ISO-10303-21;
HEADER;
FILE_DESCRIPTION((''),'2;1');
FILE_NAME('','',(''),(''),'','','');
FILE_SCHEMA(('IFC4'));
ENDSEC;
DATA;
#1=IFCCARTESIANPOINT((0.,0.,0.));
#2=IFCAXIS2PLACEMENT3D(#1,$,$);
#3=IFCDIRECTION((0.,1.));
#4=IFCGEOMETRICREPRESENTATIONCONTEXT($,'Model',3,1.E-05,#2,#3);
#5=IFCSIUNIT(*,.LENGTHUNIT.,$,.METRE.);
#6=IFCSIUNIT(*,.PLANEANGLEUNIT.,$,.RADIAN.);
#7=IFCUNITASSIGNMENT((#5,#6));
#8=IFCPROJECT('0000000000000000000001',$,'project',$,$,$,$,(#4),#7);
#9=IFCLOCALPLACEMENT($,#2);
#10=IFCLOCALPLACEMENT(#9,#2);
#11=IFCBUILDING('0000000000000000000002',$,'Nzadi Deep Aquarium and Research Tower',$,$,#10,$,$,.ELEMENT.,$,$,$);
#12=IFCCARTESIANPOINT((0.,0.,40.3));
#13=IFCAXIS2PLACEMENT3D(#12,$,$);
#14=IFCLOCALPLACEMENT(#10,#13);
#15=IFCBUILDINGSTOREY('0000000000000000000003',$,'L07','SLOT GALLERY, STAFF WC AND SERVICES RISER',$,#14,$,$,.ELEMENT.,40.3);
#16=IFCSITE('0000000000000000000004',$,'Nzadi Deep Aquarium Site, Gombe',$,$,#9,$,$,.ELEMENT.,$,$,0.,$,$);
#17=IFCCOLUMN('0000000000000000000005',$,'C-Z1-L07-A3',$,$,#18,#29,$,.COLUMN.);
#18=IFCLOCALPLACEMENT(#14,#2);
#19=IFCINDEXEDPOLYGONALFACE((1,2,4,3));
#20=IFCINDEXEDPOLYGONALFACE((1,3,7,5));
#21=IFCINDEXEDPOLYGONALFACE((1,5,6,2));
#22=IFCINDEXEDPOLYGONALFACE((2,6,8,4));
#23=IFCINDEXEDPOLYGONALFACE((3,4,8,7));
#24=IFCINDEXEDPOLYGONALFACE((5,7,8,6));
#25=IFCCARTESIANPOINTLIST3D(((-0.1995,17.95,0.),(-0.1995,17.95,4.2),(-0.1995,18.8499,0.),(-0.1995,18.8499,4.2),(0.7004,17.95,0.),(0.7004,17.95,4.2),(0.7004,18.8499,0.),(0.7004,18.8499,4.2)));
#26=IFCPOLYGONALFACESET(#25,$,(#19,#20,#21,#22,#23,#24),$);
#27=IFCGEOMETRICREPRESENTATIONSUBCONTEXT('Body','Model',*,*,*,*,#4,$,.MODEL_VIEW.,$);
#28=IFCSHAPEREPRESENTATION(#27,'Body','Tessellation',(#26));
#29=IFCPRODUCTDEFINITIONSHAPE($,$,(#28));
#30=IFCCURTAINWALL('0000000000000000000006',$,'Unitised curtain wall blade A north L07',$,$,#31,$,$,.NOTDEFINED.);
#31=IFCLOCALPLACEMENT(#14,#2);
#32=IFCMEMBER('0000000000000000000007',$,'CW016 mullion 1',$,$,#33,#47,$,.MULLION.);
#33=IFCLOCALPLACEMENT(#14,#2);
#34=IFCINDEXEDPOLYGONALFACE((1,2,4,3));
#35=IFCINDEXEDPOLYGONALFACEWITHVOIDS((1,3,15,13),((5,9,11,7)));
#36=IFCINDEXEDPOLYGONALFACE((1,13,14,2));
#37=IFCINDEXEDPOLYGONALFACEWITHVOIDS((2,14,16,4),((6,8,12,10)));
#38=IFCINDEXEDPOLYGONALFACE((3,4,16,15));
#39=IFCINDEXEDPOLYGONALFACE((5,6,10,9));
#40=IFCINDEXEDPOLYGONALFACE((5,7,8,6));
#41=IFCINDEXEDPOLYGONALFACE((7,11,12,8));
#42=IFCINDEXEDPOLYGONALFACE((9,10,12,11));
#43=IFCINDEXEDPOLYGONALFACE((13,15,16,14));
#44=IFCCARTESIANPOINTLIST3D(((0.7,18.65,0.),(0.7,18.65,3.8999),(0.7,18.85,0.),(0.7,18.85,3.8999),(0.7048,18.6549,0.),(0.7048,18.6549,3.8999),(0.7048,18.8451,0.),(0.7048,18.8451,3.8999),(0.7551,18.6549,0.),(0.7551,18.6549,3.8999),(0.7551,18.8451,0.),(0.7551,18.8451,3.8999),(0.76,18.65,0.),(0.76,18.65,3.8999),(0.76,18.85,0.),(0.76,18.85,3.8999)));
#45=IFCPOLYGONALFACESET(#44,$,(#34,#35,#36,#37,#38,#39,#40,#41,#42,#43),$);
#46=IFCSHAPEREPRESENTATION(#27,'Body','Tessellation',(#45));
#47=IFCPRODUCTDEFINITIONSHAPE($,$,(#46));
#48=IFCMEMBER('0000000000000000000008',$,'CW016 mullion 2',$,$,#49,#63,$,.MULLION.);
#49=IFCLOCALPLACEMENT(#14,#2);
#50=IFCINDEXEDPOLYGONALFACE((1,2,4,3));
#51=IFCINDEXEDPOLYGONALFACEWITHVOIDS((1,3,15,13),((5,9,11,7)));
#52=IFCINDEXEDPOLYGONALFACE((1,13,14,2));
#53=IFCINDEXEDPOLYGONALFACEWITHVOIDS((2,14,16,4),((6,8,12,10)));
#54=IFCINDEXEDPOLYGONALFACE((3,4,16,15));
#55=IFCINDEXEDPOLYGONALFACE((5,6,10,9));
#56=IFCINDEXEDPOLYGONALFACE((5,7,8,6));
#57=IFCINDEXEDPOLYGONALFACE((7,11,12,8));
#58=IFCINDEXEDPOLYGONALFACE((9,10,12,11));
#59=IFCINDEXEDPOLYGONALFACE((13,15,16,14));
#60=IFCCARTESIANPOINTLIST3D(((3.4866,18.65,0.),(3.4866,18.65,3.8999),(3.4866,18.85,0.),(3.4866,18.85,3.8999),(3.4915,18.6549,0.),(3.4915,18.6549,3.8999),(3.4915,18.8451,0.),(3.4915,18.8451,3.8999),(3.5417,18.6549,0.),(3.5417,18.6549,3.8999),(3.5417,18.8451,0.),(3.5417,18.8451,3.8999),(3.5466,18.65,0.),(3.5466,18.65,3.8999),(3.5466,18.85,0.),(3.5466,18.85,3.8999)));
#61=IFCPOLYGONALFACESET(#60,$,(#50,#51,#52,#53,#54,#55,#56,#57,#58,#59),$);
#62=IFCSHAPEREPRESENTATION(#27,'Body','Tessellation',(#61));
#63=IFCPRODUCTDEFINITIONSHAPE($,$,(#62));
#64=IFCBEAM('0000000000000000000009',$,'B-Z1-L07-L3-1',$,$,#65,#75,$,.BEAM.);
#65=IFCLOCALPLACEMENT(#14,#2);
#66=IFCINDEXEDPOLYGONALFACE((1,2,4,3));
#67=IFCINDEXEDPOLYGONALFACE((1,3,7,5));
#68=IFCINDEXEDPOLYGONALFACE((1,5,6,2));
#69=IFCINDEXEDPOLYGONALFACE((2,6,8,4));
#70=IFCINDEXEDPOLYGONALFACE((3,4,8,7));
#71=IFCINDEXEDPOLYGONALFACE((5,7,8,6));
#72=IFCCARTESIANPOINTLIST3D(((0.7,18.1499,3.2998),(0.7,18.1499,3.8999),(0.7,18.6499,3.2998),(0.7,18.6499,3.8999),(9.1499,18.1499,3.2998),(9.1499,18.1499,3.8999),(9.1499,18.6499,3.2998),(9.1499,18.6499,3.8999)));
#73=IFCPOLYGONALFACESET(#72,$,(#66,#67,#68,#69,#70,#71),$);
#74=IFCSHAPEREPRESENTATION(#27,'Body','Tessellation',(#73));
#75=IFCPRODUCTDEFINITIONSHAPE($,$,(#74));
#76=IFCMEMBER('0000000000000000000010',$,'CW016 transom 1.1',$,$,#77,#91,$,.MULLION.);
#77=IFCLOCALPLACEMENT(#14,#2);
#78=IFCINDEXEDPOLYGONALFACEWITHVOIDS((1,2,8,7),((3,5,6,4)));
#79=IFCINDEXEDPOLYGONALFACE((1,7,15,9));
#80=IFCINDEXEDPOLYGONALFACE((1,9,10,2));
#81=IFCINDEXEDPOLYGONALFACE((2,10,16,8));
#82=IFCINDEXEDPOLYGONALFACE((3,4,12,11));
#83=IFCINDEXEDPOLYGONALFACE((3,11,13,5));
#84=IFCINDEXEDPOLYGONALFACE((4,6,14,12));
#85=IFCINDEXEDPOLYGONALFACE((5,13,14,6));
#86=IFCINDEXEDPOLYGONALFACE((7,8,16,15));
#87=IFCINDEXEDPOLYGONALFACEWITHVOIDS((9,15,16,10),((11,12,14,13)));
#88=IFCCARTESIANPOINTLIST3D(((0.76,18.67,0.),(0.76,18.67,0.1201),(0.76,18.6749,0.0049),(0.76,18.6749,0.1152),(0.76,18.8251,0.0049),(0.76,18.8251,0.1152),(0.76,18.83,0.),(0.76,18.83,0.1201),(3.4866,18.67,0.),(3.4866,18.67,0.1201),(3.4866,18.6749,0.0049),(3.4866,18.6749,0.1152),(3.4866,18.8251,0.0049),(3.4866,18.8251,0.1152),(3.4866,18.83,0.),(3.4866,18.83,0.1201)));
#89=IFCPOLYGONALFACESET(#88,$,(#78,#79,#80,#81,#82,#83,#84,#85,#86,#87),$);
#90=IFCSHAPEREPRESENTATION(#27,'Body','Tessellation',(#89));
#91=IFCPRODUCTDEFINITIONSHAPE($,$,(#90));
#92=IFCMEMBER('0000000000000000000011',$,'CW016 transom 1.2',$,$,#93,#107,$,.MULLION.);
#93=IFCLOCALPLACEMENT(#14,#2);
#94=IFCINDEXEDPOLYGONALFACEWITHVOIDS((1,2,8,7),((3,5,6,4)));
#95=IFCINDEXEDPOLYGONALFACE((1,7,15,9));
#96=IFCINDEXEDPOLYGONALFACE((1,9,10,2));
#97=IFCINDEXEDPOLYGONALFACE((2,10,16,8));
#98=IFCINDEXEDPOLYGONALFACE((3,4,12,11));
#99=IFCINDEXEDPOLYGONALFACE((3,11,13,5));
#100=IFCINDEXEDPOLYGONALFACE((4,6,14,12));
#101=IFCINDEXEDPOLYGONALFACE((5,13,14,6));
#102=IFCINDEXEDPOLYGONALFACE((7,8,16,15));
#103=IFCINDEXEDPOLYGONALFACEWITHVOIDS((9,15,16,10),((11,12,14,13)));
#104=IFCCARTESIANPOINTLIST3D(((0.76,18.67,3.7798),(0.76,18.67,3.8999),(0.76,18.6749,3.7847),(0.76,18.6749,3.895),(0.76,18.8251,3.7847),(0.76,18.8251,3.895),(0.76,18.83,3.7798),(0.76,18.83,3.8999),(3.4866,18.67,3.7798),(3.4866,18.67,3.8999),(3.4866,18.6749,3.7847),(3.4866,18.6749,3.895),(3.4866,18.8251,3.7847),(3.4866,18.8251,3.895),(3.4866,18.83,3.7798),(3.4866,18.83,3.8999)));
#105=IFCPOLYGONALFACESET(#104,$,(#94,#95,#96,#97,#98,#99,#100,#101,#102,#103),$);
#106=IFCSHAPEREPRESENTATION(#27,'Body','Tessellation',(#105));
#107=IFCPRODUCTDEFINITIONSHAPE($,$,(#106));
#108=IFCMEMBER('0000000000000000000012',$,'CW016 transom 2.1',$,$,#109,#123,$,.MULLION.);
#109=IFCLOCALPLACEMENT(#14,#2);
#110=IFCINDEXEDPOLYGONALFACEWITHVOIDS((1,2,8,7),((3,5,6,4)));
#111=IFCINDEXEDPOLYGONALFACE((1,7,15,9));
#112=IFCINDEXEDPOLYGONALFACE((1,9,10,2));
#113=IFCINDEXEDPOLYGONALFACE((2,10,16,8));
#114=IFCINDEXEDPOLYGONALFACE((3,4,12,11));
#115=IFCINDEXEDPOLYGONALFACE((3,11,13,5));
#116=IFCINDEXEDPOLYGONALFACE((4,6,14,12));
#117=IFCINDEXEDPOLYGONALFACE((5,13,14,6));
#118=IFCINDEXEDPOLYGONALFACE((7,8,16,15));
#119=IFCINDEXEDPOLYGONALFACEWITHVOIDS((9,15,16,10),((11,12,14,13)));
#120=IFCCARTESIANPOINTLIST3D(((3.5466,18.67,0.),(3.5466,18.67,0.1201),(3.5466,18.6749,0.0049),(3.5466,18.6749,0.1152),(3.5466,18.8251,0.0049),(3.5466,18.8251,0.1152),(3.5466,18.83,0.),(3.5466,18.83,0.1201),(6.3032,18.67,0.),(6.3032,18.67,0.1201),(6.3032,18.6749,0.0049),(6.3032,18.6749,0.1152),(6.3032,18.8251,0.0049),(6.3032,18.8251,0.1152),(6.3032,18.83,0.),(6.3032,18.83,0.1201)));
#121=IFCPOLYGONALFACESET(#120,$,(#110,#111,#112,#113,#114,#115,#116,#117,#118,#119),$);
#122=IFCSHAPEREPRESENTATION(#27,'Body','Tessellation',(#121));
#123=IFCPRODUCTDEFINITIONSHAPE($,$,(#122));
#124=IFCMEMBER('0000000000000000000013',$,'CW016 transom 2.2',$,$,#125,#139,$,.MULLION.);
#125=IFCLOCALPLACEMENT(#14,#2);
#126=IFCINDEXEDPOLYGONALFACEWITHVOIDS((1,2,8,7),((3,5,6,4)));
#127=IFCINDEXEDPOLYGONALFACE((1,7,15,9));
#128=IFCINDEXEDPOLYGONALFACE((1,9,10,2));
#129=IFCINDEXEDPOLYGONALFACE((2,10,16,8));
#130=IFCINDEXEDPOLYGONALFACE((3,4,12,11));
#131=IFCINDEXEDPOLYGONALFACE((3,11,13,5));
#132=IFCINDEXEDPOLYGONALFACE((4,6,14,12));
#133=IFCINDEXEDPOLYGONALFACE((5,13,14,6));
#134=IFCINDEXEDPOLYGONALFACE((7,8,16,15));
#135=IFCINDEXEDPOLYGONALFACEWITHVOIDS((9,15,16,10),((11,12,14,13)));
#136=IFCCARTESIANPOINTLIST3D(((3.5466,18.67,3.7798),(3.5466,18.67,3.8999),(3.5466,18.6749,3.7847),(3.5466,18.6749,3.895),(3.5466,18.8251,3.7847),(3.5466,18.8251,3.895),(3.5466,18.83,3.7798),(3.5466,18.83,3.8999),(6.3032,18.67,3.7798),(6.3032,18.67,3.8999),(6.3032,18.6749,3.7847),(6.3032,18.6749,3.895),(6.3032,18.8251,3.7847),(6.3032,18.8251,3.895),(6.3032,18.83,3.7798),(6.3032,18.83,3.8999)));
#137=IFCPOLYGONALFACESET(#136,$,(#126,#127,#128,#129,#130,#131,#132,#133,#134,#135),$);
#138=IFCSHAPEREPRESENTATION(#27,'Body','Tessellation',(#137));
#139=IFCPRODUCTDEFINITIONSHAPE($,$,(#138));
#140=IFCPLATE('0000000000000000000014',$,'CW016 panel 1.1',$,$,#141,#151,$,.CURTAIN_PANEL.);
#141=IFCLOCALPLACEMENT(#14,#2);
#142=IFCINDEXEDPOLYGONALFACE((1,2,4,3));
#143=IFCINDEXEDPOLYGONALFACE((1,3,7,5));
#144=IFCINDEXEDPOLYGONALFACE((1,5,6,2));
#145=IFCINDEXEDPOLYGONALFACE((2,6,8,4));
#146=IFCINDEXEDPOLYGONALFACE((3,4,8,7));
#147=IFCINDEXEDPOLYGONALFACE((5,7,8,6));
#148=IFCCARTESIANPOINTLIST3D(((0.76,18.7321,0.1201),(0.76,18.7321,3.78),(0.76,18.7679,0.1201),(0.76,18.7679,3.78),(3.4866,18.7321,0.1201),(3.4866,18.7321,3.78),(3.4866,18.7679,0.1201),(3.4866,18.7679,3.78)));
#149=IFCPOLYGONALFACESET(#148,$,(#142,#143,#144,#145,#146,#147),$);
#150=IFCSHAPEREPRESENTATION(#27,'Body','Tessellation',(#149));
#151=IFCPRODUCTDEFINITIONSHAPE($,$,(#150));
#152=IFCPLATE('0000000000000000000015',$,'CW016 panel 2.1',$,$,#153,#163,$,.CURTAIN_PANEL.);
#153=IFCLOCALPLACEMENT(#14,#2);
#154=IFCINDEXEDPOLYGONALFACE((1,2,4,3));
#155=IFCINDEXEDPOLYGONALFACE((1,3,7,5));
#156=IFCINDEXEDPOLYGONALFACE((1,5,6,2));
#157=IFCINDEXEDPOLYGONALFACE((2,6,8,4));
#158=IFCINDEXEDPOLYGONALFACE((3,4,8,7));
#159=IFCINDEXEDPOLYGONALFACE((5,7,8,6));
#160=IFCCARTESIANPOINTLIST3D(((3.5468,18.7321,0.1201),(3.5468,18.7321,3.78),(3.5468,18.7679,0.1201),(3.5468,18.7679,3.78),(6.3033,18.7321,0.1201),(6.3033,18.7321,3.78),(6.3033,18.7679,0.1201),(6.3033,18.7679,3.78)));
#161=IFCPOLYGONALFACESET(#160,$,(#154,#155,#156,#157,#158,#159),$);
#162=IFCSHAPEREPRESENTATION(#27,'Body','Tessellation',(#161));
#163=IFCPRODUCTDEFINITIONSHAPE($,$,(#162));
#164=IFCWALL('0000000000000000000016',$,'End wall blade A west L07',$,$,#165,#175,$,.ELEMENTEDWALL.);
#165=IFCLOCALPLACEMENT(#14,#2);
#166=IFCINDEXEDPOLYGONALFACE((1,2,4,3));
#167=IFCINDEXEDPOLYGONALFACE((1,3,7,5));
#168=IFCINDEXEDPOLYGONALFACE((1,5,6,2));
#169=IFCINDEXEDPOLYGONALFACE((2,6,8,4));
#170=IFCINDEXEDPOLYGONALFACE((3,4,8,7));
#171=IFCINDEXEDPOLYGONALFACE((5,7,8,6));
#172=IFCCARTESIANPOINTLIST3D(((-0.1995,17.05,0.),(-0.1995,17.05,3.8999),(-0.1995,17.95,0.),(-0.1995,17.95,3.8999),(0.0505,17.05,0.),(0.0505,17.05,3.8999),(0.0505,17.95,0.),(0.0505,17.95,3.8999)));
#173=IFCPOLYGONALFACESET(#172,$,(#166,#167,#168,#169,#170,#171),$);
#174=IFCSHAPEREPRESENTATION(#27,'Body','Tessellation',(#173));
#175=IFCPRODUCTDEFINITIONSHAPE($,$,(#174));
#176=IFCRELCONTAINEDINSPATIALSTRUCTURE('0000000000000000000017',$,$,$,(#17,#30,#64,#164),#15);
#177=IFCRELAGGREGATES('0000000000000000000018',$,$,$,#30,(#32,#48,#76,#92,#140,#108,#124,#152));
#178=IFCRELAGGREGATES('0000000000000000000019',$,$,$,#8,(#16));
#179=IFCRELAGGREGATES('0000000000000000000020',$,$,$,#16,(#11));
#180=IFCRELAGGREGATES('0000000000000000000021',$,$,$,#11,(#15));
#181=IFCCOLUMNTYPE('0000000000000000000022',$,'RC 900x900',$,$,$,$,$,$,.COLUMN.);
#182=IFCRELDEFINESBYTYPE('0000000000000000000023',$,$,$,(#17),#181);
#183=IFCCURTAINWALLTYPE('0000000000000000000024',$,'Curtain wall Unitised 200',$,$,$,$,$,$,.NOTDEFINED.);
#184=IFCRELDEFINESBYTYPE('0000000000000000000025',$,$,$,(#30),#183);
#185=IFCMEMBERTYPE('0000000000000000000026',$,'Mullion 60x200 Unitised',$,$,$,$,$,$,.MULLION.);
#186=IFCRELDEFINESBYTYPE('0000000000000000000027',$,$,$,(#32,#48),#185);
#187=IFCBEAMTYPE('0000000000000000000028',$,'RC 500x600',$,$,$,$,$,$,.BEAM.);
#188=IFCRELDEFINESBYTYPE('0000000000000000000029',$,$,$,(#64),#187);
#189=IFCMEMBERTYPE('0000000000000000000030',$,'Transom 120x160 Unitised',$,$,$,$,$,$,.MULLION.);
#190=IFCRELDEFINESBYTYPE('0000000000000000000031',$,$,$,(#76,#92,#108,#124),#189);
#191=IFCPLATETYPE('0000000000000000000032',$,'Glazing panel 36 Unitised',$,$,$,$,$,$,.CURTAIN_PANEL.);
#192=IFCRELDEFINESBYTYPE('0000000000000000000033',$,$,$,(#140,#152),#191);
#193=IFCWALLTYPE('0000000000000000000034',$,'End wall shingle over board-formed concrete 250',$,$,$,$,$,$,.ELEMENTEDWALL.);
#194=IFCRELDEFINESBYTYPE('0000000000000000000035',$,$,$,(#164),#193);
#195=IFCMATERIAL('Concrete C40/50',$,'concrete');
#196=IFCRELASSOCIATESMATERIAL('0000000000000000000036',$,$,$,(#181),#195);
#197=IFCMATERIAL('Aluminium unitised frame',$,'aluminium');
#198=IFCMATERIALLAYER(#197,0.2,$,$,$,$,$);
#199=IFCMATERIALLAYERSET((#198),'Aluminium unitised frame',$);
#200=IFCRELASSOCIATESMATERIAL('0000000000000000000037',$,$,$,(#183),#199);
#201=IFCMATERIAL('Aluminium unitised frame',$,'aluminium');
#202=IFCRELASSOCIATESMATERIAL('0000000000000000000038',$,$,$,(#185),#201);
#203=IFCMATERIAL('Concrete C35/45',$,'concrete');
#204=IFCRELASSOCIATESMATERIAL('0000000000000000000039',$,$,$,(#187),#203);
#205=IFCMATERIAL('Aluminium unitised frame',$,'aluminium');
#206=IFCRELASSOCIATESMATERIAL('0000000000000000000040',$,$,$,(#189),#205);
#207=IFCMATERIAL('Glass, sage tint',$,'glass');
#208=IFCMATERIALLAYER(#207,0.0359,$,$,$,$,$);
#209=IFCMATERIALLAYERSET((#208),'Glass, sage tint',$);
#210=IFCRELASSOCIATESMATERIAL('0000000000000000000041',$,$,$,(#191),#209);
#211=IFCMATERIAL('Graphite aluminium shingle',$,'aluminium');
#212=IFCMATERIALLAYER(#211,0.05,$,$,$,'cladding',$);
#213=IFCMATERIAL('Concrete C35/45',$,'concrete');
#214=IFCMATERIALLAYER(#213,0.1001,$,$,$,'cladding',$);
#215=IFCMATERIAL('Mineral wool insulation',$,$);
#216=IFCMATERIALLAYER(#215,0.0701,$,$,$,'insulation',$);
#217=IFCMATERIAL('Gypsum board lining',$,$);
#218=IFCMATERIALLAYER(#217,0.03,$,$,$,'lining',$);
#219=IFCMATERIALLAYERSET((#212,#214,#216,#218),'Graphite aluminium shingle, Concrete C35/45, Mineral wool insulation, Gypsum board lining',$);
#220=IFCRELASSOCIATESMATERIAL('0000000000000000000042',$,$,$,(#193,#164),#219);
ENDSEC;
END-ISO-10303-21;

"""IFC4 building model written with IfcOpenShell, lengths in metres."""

from ifc_helpers import new_model, si_unit, direction, frame, frame_2d, origin, origin_2d, place, context, subcontext, project, spatial, rectangle, hollow_rectangle, extrude, material, layer, layer_set, layer_usage, material_profile, profile_set, type_object, element, aggregate, save


model = new_model("IFC4")

# Units and contexts
model_context = context("Model", 3, precision=1e-05, world=origin(), true_north=direction((0.0, 1.0)))
body_context = subcontext(model_context, "Body", "Model", "MODEL_VIEW")
ifc_project = project(units=[si_unit("LENGTHUNIT", "METRE"), si_unit("PLANEANGLEUNIT", "RADIAN")], contexts=[model_context])

# Site, building, storey
site_placement = place(None, origin())
site = spatial("IfcSite", under=ifc_project, at=site_placement, Name="Nzadi Deep Aquarium Site, Gombe", CompositionType="ELEMENT", RefElevation=0.0)
building_placement = place(site_placement, origin())
building = spatial("IfcBuilding", under=site, at=building_placement, Name="Nzadi Deep Aquarium and Research Tower", CompositionType="ELEMENT")
storey_placement = place(building_placement, frame((0.0, 0.0, 40.3)))
storey = spatial("IfcBuildingStorey", under=building, at=storey_placement, Name="L07", Description="SLOT GALLERY, STAFF WC AND SERVICES RISER", CompositionType="ELEMENT", Elevation=40.3)

# Column
ifc_material_1 = material(Name="Concrete C40/50", Category="concrete")
ifc_material_profile_1 = material_profile(ifc_material_1, rectangle(XDim=0.8999, YDim=0.8999, at=origin_2d()))
ifc_profile_set_1 = profile_set([ifc_material_profile_1], Name="Concrete C40/50")
column_type = type_object("IfcColumnType", Name="RC 900x900", PredefinedType="COLUMN", material=ifc_profile_set_1)
column_placement = place(storey_placement, frame((0.2505, 18.3999, 0.0), z_axis=(0.0, 0.0, 1.0), x_axis=(1.0, 0.0, 0.0)))
element("IfcColumn", 1, at=column_placement, inside=storey, type_object=column_type, Name="C-Z1-L07-A3", PredefinedType="COLUMN", context=body_context, shape_type="SweptSolid", body=[
    extrude(rectangle(XDim=0.8999, YDim=0.8999, at=origin_2d()), origin(), (0.0, 0.0, 1.0), 4.2),
])

# Curtain wall, members
ifc_material_2 = material(Name="Aluminium unitised frame", Category="aluminium")
ifc_layer_1 = layer(ifc_material_2, 0.2)
ifc_layer_set_1 = layer_set([ifc_layer_1], Name="Aluminium unitised frame")
curtain_wall_type = type_object("IfcCurtainWallType", Name="Curtain wall Unitised 200", PredefinedType="NOTDEFINED", material=ifc_layer_set_1)
curtain_wall_placement = place(storey_placement, origin())
curtain_wall = element("IfcCurtainWall", 2, at=curtain_wall_placement, inside=storey, type_object=curtain_wall_type, Name="Unitised curtain wall blade A north L07", PredefinedType="NOTDEFINED")
ifc_material_3 = material(Name="Aluminium unitised frame", Category="aluminium")
ifc_material_profile_2 = material_profile(ifc_material_3, hollow_rectangle(XDim=0.2, YDim=0.0601, WallThickness=0.0049, at=origin_2d()))
ifc_profile_set_2 = profile_set([ifc_material_profile_2], Name="Aluminium unitised frame")
member_type_1 = type_object("IfcMemberType", Name="Mullion 60x200 Unitised", PredefinedType="MULLION", material=ifc_profile_set_2)
member_1_placement = place(storey_placement, frame((0.73, 18.75, 0.0), z_axis=(0.0, 0.0, 1.0), x_axis=(0.0, 1.0, 0.0)))
member_1 = element("IfcMember", 3, at=member_1_placement, type_object=member_type_1, Name="CW016 mullion 1", PredefinedType="MULLION", context=body_context, shape_type="SweptSolid", body=[
    extrude(hollow_rectangle(XDim=0.2, YDim=0.0601, WallThickness=0.0049, at=origin_2d()), origin(), (0.0, 0.0, 1.0), 3.8999),
])
member_2_placement = place(storey_placement, frame((3.5166, 18.75, 0.0), z_axis=(0.0, 0.0, 1.0), x_axis=(0.0, 1.0, 0.0)))
member_2 = element("IfcMember", 4, at=member_2_placement, type_object=member_type_1, Name="CW016 mullion 2", PredefinedType="MULLION", context=body_context, shape_type="SweptSolid", body=[
    extrude(hollow_rectangle(XDim=0.2, YDim=0.0601, WallThickness=0.0049, at=origin_2d()), origin(), (0.0, 0.0, 1.0), 3.8999),
])

# Beam
ifc_material_4 = material(Name="Concrete C35/45", Category="concrete")
ifc_material_profile_3 = material_profile(ifc_material_4, rectangle(XDim=0.5, YDim=0.6001, at=origin_2d()))
ifc_profile_set_3 = profile_set([ifc_material_profile_3], Name="Concrete C35/45")
beam_type = type_object("IfcBeamType", Name="RC 500x600", PredefinedType="BEAM", material=ifc_profile_set_3)
beam_placement = place(storey_placement, frame((0.7, 18.3999, 3.5999), z_axis=(1.0, 0.0, 0.0), x_axis=(0.0, 1.0, 0.0)))
element("IfcBeam", 5, at=beam_placement, inside=storey, type_object=beam_type, Name="B-Z1-L07-L3-1", PredefinedType="BEAM", context=body_context, shape_type="SweptSolid", body=[
    extrude(rectangle(XDim=0.5, YDim=0.6001, at=origin_2d()), origin(), (0.0, 0.0, 1.0), 8.45),
])

# Members
ifc_material_5 = material(Name="Aluminium unitised frame", Category="aluminium")
ifc_material_profile_4 = material_profile(ifc_material_5, hollow_rectangle(XDim=0.1599, YDim=0.1201, WallThickness=0.0049, at=origin_2d()))
ifc_profile_set_4 = profile_set([ifc_material_profile_4], Name="Aluminium unitised frame")
member_type_2 = type_object("IfcMemberType", Name="Transom 120x160 Unitised", PredefinedType="MULLION", material=ifc_profile_set_4)
member_3_placement = place(storey_placement, frame((0.76, 18.75, 0.0601), z_axis=(1.0, 0.0, 0.0), x_axis=(0.0, 1.0, 0.0)))
member_3 = element("IfcMember", 6, at=member_3_placement, type_object=member_type_2, Name="CW016 transom 1.1", PredefinedType="MULLION", context=body_context, shape_type="SweptSolid", body=[
    extrude(hollow_rectangle(XDim=0.1599, YDim=0.1201, WallThickness=0.0049, at=origin_2d()), origin(), (0.0, 0.0, 1.0), 2.7266),
])
member_4_placement = place(storey_placement, frame((0.76, 18.75, 3.8398), z_axis=(1.0, 0.0, 0.0), x_axis=(0.0, 1.0, 0.0)))
member_4 = element("IfcMember", 7, at=member_4_placement, type_object=member_type_2, Name="CW016 transom 1.2", PredefinedType="MULLION", context=body_context, shape_type="SweptSolid", body=[
    extrude(hollow_rectangle(XDim=0.1599, YDim=0.1201, WallThickness=0.0049, at=origin_2d()), origin(), (0.0, 0.0, 1.0), 2.7266),
])
member_5_placement = place(storey_placement, frame((3.5466, 18.75, 0.0601), z_axis=(1.0, 0.0, 0.0), x_axis=(0.0, 1.0, 0.0)))
member_5 = element("IfcMember", 8, at=member_5_placement, type_object=member_type_2, Name="CW016 transom 2.1", PredefinedType="MULLION", context=body_context, shape_type="SweptSolid", body=[
    extrude(hollow_rectangle(XDim=0.1599, YDim=0.1201, WallThickness=0.0049, at=origin_2d()), origin(), (0.0, 0.0, 1.0), 2.7566),
])
member_6_placement = place(storey_placement, frame((3.5466, 18.75, 3.8398), z_axis=(1.0, 0.0, 0.0), x_axis=(0.0, 1.0, 0.0)))
member_6 = element("IfcMember", 9, at=member_6_placement, type_object=member_type_2, Name="CW016 transom 2.2", PredefinedType="MULLION", context=body_context, shape_type="SweptSolid", body=[
    extrude(hollow_rectangle(XDim=0.1599, YDim=0.1201, WallThickness=0.0049, at=origin_2d()), origin(), (0.0, 0.0, 1.0), 2.7566),
])

# Plates
ifc_material_6 = material(Name="Glass, sage tint", Category="glass")
ifc_layer_2 = layer(ifc_material_6, 0.0359)
ifc_layer_set_2 = layer_set([ifc_layer_2], Name="Glass, sage tint")
plate_type = type_object("IfcPlateType", Name="Glazing panel 36 Unitised", PredefinedType="CURTAIN_PANEL", material=ifc_layer_set_2)
plate_1_placement = place(storey_placement, frame((2.1233, 18.75, 0.1201), z_axis=(0.0, 0.0, 1.0), x_axis=(1.0, 0.0, 0.0)))
plate_1 = element("IfcPlate", 10, at=plate_1_placement, type_object=plate_type, Name="CW016 panel 1.1", PredefinedType="CURTAIN_PANEL", context=body_context, shape_type="SweptSolid", body=[
    extrude(rectangle(XDim=2.7266, YDim=0.0359, at=origin_2d()), origin(), (0.0, 0.0, 1.0), 3.6599),
])
plate_2_placement = place(storey_placement, frame((4.925, 18.75, 0.1201), z_axis=(0.0, 0.0, 1.0), x_axis=(1.0, 0.0, 0.0)))
plate_2 = element("IfcPlate", 11, at=plate_2_placement, type_object=plate_type, Name="CW016 panel 2.1", PredefinedType="CURTAIN_PANEL", context=body_context, shape_type="SweptSolid", body=[
    extrude(rectangle(XDim=2.7566, YDim=0.0359, at=origin_2d()), origin(), (0.0, 0.0, 1.0), 3.6599),
])
aggregate(curtain_wall, [member_1, member_2, member_3, member_4, plate_1, member_5, member_6, plate_2])

# Wall
ifc_material_7 = material(Name="Graphite aluminium shingle", Category="aluminium")
ifc_layer_3 = layer(ifc_material_7, 0.05, Category="cladding")
ifc_material_8 = material(Name="Concrete C35/45", Category="concrete")
ifc_layer_4 = layer(ifc_material_8, 0.1001, Category="cladding")
ifc_material_9 = material(Name="Mineral wool insulation")
ifc_layer_5 = layer(ifc_material_9, 0.0701, Category="insulation")
ifc_material_10 = material(Name="Gypsum board lining")
ifc_layer_6 = layer(ifc_material_10, 0.03, Category="lining")
ifc_layer_set_3 = layer_set([ifc_layer_3, ifc_layer_4, ifc_layer_5, ifc_layer_6], Name="Graphite aluminium shingle, Concrete C35/45, Mineral wool insulation, Gypsum board lining")
ifc_layer_usage = layer_usage(ifc_layer_set_3, "AXIS2", "POSITIVE", -0.125)
wall_type_1 = type_object("IfcWallType", Name="End wall shingle over board-formed concrete 250", PredefinedType="ELEMENTEDWALL", material=ifc_layer_set_3)
wall_1_placement = place(storey_placement, frame((-0.0745, 17.95, 0.0), z_axis=(0.0, 0.0, 1.0), x_axis=(0.0, -1.0, 0.0)))
element("IfcWall", 12, at=wall_1_placement, inside=storey, type_object=wall_type_1, material=ifc_layer_usage, Name="End wall blade A west L07", PredefinedType="ELEMENTEDWALL", context=body_context, shape_type="SweptSolid", body=[
    extrude(rectangle(XDim=0.8999, YDim=0.25, at=frame_2d((0.45, 0.0))), origin(), (0.0, 0.0, 1.0), 3.8999),
])

save(model, "model.ifc")
